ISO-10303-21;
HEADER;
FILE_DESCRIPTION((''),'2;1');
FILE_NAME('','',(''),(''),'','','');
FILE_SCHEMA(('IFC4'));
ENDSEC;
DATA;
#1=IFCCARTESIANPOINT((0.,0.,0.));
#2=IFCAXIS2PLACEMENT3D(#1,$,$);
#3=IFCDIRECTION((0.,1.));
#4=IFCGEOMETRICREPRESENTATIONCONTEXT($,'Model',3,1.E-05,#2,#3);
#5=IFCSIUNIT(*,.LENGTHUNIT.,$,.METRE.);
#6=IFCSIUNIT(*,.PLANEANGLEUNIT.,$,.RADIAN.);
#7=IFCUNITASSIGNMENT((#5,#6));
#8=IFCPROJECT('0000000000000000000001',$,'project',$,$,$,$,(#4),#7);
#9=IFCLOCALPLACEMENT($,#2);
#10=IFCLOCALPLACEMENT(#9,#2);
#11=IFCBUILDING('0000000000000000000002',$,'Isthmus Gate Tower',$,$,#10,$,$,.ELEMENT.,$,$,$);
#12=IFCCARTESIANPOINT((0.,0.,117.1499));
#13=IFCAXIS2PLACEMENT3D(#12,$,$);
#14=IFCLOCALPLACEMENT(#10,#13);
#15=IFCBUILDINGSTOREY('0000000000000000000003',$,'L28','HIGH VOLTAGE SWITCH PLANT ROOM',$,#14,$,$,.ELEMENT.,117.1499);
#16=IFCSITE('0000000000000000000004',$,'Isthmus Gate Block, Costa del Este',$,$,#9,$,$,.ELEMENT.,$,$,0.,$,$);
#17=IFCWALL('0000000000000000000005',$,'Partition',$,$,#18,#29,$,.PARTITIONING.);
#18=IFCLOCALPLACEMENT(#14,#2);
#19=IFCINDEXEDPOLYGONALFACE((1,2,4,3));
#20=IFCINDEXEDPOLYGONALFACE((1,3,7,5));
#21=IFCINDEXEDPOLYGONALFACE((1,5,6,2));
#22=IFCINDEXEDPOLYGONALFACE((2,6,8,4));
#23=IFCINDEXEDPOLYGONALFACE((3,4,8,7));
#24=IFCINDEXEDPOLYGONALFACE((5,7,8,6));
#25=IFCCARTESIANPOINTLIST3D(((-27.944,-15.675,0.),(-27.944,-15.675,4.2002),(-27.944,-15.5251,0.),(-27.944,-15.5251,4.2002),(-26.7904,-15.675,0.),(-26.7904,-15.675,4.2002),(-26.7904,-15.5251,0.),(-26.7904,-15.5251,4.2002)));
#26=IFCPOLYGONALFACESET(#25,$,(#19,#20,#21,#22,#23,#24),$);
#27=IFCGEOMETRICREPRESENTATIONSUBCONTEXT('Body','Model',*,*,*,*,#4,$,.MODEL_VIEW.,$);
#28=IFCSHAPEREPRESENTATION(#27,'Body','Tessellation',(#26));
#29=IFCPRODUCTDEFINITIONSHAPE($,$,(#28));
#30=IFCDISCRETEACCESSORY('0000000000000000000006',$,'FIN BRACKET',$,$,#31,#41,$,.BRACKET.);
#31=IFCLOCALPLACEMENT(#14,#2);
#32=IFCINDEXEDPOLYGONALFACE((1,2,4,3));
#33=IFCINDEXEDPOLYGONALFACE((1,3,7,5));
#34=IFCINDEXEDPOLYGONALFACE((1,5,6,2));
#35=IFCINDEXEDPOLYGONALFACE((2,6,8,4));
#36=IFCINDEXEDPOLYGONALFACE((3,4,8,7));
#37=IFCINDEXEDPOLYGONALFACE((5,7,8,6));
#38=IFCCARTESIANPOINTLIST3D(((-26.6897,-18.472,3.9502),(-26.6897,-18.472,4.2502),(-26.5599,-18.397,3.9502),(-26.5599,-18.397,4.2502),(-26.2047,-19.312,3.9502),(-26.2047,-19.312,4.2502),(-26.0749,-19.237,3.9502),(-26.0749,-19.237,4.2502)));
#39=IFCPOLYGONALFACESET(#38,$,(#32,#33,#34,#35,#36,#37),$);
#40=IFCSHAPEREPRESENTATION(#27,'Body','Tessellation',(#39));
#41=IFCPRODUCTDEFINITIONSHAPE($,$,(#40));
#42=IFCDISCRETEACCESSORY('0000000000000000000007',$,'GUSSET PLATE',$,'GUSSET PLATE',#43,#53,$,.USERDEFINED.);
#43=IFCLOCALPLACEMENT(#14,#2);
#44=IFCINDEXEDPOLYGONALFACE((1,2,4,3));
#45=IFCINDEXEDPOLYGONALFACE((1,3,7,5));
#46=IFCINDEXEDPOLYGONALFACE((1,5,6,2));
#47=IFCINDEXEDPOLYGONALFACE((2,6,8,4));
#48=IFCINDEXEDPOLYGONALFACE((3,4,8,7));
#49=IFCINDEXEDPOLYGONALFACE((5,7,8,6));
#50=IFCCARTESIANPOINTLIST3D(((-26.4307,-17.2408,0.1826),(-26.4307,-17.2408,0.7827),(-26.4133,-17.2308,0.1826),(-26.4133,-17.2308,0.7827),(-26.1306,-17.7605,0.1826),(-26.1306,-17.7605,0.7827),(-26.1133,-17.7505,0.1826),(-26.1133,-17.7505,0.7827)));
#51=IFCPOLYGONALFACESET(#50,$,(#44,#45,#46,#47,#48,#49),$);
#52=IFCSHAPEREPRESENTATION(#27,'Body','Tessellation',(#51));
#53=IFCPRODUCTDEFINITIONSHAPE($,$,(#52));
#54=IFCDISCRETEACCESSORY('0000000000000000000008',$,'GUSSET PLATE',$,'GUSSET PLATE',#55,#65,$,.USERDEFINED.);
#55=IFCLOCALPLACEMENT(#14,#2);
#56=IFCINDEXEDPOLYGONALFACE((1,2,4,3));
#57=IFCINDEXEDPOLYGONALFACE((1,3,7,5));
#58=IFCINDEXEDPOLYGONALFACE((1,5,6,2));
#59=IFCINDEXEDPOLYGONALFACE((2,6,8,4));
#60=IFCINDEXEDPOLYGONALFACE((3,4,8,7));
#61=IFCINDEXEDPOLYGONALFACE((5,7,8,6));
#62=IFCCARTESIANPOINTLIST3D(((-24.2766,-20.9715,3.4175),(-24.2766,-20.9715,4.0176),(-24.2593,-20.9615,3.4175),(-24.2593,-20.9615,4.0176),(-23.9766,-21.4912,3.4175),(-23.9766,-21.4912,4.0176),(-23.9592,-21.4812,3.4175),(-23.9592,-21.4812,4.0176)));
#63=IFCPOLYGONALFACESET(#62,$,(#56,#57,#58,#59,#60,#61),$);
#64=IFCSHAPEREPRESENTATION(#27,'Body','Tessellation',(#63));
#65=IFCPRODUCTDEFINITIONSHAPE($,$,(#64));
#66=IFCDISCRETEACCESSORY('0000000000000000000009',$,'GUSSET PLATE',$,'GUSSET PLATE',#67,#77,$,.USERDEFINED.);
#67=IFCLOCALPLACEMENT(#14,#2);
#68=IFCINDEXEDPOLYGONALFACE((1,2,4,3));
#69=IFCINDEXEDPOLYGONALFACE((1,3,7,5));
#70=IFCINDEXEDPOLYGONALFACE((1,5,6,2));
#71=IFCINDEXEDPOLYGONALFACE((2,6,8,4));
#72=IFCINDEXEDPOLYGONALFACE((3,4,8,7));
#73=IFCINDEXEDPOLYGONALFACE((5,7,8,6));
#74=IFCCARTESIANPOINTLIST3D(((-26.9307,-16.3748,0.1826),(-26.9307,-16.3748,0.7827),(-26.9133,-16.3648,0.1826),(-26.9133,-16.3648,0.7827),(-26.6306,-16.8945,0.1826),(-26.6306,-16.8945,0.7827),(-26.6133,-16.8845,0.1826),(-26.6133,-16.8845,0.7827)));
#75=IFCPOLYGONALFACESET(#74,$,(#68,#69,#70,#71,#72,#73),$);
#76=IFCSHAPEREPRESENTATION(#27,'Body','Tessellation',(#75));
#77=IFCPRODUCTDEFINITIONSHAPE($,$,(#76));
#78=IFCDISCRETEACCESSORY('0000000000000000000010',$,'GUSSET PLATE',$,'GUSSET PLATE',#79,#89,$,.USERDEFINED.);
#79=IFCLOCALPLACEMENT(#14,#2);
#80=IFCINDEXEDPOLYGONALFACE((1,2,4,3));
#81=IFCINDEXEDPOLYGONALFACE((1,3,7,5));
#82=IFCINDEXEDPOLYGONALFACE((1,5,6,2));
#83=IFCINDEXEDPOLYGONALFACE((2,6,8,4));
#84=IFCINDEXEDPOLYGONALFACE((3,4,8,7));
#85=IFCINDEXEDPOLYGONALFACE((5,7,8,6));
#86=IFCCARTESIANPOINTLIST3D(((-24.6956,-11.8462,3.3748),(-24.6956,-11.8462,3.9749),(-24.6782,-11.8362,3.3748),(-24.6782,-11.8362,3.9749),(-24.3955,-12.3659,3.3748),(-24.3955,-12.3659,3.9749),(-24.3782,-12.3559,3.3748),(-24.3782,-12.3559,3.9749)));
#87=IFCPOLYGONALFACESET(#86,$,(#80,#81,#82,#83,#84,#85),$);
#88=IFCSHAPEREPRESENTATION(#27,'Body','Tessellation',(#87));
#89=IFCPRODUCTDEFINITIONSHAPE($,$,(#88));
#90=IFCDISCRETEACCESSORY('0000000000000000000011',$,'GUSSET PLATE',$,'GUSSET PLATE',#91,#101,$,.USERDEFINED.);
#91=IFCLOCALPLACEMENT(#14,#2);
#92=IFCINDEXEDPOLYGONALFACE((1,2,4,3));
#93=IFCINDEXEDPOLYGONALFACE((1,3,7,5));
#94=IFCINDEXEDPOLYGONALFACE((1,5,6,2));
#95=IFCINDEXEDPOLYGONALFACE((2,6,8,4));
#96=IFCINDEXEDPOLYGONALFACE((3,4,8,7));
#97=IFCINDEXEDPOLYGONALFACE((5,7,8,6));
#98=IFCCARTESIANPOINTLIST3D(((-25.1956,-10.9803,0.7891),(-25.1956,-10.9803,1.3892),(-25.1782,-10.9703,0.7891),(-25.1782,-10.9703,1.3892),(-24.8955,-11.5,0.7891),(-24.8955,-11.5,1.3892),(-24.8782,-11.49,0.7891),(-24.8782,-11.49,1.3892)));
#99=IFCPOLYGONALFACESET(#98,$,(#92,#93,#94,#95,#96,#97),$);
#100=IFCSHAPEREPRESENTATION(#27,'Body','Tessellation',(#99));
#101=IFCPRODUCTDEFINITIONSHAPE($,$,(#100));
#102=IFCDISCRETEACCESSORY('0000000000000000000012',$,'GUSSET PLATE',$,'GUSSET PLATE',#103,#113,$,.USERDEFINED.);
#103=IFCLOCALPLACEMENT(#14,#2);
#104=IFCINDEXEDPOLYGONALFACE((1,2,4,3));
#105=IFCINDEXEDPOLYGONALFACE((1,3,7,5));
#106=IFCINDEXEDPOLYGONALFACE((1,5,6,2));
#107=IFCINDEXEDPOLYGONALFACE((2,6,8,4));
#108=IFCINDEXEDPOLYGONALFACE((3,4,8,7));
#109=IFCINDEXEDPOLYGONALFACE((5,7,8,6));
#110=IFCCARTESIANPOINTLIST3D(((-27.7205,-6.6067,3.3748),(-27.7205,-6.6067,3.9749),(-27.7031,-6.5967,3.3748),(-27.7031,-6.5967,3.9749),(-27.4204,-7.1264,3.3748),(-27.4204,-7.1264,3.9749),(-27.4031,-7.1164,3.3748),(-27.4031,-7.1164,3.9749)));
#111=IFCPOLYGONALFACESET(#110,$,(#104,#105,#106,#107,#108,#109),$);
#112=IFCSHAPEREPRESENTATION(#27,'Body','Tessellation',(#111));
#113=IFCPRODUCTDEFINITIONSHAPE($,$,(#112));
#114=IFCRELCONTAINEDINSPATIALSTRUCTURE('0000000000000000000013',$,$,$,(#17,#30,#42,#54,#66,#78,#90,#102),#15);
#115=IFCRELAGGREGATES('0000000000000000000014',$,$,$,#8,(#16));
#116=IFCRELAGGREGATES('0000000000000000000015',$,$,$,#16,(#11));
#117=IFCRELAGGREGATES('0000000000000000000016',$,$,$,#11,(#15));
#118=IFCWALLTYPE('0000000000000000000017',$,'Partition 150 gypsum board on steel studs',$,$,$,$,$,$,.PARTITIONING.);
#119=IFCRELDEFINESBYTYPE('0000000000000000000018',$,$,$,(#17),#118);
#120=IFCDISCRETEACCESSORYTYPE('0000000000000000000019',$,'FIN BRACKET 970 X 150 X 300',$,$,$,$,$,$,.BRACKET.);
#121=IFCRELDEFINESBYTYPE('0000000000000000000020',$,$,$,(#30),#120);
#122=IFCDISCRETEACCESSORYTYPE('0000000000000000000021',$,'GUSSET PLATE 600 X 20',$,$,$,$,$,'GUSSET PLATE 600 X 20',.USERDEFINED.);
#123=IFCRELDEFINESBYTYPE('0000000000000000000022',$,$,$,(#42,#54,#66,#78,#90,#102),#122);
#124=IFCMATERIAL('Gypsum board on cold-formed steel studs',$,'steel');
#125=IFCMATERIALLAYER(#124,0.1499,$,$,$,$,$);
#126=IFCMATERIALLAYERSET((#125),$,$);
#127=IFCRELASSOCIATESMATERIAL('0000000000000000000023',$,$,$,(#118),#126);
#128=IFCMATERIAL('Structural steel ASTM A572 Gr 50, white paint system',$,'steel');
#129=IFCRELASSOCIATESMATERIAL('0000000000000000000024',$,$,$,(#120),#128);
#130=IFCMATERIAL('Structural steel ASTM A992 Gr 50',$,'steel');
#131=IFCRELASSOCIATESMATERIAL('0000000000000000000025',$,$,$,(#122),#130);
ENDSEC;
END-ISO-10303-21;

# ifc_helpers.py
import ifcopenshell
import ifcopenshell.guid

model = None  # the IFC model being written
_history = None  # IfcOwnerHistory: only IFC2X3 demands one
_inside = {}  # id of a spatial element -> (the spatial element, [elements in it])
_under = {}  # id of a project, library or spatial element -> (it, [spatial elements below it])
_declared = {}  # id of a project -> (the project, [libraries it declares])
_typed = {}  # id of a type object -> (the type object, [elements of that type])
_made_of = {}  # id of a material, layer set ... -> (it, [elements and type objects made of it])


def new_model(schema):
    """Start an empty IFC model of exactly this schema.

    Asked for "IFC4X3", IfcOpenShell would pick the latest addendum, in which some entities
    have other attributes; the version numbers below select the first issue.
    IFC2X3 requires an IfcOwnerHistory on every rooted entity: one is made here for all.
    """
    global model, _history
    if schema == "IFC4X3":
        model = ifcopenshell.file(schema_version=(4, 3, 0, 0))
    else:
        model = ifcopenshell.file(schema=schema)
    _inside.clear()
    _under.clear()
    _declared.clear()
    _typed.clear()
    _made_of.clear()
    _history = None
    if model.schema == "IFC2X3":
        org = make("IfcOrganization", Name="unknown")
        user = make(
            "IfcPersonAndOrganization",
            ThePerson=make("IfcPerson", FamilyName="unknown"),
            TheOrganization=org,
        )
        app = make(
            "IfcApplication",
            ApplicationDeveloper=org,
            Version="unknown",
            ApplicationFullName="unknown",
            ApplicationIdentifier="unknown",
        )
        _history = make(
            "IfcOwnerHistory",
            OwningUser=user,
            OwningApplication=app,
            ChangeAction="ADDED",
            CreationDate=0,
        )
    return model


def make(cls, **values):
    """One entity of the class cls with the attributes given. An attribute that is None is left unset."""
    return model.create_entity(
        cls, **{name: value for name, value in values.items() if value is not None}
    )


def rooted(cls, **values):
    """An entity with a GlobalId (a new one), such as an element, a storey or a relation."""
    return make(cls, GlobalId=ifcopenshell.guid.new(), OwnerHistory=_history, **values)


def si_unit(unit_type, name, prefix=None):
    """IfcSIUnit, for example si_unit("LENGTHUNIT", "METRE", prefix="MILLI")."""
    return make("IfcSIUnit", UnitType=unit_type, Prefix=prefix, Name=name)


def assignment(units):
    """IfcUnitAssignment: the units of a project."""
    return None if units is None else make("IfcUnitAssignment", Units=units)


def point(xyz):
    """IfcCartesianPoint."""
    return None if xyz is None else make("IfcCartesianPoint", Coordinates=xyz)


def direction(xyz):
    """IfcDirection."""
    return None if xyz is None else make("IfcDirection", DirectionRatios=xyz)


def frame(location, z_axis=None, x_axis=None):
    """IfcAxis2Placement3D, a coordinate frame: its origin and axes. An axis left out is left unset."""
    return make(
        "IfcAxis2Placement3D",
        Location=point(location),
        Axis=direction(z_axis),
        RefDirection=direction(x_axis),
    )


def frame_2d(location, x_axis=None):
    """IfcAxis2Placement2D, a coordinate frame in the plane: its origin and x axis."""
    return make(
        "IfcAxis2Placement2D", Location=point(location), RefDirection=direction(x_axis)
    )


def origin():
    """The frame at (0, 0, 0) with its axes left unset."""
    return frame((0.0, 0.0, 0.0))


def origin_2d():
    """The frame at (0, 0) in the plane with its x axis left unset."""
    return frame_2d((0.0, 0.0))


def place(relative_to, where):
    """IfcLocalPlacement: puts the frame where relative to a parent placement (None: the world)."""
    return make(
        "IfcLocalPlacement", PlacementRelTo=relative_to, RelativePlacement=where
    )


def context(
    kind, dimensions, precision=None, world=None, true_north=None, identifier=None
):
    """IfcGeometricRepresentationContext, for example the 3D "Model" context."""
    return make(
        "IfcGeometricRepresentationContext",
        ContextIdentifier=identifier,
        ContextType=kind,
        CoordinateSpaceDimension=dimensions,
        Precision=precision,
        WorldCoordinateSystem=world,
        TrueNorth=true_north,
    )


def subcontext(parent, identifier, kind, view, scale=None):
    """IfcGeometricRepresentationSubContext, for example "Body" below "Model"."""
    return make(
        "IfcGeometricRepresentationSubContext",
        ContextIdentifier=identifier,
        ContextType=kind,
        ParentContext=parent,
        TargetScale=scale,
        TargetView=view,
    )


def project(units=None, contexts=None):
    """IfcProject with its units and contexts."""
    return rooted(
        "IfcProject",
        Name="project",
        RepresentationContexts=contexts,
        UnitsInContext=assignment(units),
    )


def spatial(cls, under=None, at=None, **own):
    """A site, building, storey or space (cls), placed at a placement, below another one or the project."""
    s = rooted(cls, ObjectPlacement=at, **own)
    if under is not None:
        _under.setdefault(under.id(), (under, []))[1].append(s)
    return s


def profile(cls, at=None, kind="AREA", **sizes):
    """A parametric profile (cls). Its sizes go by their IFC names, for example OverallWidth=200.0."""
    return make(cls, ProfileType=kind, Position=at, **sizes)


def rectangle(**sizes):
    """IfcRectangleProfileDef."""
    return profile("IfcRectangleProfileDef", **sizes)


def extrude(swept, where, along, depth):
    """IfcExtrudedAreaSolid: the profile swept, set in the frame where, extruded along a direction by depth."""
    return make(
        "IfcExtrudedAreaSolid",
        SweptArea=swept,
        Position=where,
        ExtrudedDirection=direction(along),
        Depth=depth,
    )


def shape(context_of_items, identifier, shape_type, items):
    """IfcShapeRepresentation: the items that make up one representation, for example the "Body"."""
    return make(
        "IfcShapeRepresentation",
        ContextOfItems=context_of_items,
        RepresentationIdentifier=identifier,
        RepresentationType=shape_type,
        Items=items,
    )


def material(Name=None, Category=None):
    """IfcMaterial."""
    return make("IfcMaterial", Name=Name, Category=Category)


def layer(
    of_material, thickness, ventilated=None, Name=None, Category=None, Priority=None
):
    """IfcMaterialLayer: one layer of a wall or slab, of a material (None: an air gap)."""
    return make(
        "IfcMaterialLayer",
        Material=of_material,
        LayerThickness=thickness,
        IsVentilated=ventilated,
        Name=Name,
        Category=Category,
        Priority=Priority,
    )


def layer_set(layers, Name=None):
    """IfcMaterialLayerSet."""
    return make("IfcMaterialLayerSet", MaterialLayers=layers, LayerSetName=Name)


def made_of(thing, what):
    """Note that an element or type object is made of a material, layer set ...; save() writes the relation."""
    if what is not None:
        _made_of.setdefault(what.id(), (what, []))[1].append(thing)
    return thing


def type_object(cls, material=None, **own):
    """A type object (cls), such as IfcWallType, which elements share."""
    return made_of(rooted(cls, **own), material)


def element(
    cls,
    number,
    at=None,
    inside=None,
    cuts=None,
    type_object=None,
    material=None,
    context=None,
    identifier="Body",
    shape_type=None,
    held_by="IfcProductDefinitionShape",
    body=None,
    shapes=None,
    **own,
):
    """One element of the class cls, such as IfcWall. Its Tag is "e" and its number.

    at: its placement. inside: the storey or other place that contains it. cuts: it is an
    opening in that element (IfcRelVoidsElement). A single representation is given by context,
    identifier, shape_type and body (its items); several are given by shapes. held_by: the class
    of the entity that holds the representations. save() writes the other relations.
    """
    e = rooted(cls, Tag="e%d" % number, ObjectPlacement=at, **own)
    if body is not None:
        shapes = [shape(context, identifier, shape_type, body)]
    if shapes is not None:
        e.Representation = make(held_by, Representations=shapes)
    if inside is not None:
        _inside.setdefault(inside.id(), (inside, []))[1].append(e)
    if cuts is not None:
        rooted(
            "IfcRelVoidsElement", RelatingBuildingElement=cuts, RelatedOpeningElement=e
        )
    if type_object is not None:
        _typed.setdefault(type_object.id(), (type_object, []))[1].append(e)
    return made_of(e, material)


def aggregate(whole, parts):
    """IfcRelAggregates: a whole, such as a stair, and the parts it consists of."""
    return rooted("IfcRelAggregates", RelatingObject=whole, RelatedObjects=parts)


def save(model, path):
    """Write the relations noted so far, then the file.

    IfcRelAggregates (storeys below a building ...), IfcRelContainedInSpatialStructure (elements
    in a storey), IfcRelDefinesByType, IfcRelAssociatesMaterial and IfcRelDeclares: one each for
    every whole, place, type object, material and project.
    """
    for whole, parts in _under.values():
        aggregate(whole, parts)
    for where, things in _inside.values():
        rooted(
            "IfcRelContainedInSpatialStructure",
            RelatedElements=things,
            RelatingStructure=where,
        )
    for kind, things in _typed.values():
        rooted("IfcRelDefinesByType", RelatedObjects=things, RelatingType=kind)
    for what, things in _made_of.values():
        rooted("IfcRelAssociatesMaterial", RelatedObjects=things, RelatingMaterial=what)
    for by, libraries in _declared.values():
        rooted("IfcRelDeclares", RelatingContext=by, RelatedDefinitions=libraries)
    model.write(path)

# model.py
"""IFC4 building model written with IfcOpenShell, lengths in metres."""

from ifc_helpers import new_model, si_unit, direction, frame, frame_2d, origin, origin_2d, place, context, subcontext, project, spatial, rectangle, extrude, material, layer, layer_set, type_object, element, save


model = new_model("IFC4")

# Units and contexts
model_context = context("Model", 3, precision=1e-05, world=origin(), true_north=direction((0.0, 1.0)))
body_context = subcontext(model_context, "Body", "Model", "MODEL_VIEW")
ifc_project = project(units=[si_unit("LENGTHUNIT", "METRE"), si_unit("PLANEANGLEUNIT", "RADIAN")], contexts=[model_context])

# Site, building, storey
site_placement = place(None, origin())
site = spatial("IfcSite", under=ifc_project, at=site_placement, Name="Isthmus Gate Block, Costa del Este", CompositionType="ELEMENT", RefElevation=0.0)
building_placement = place(site_placement, origin())
building = spatial("IfcBuilding", under=site, at=building_placement, Name="Isthmus Gate Tower", CompositionType="ELEMENT")
storey_placement = place(building_placement, frame((0.0, 0.0, 117.1499)))
storey = spatial("IfcBuildingStorey", under=building, at=storey_placement, Name="L28", Description="HIGH VOLTAGE SWITCH PLANT ROOM", CompositionType="ELEMENT", Elevation=117.1499)

# Wall
ifc_material_1 = material(Name="Gypsum board on cold-formed steel studs", Category="steel")
ifc_layer_1 = layer(ifc_material_1, 0.1499)
ifc_layer_set_1 = layer_set([ifc_layer_1])
wall_type_1 = type_object("IfcWallType", Name="Partition 150 gypsum board on steel studs", PredefinedType="PARTITIONING", material=ifc_layer_set_1)
for number, where, z_axis, x_axis, name in (
    (1, (-27.9438, -15.6001, 0.0), (0.0, 0.0, 1.0), (1.0, 0.0, 0.0), "Partition"),
):
    element("IfcWall", number, at=place(storey_placement, frame(where, z_axis=z_axis, x_axis=x_axis)), inside=storey, type_object=wall_type_1, Name=name, PredefinedType="PARTITIONING", context=body_context, shape_type="SweptSolid", body=[
        extrude(rectangle(XDim=1.1536, YDim=0.1499, at=frame_2d((0.5767, 0.0))), origin(), (0.0, 0.0, 1.0), 4.2002),
    ])

# Discrete accessories
ifc_material_2 = material(Name="Structural steel ASTM A572 Gr 50, white paint system", Category="steel")
discrete_accessory_type_1 = type_object("IfcDiscreteAccessoryType", Name="FIN BRACKET 970 X 150 X 300", PredefinedType="BRACKET", material=ifc_material_2)
discrete_accessory_placement = place(storey_placement, frame((-26.3823, -18.8545, 3.9502), z_axis=(0.0, 0.0, 1.0), x_axis=(-0.866025, -0.5, 0.0)))
element("IfcDiscreteAccessory", 2, at=discrete_accessory_placement, inside=storey, type_object=discrete_accessory_type_1, Name="FIN BRACKET", PredefinedType="BRACKET", context=body_context, shape_type="SweptSolid", body=[
    extrude(rectangle(XDim=0.1499, YDim=0.97, at=origin_2d()), origin(), (0.0, 0.0, 1.0), 0.3),
])
ifc_material_3 = material(Name="Structural steel ASTM A992 Gr 50", Category="steel")
discrete_accessory_type_2 = type_object("IfcDiscreteAccessoryType", Name="GUSSET PLATE 600 X 20", ElementType="GUSSET PLATE 600 X 20", PredefinedType="USERDEFINED", material=ifc_material_3)
for number, where, z_axis, x_axis, name in (
    (3, (-26.272, -17.4956, 0.1826), (0.0, 0.0, 1.0), (0.5, -0.866025, 0.0), "GUSSET PLATE"),
    (4, (-24.1179, -21.2263, 3.4175), (0.0, 0.0, 1.0), (0.5, -0.866025, 0.0), "GUSSET PLATE"),
    (5, (-26.772, -16.6296, 0.1826), (0.0, 0.0, 1.0), (-0.5, 0.866025, 0.0), "GUSSET PLATE"),
    (6, (-24.5369, -12.1011, 3.3748), (0.0, 0.0, 1.0), (-0.5, 0.866025, 0.0), "GUSSET PLATE"),
    (7, (-25.0369, -11.2351, 0.7891), (0.0, 0.0, 1.0), (-0.5, 0.866025, 0.0), "GUSSET PLATE"),
    (8, (-27.5618, -6.8616, 3.3748), (0.0, 0.0, 1.0), (-0.5, 0.866025, 0.0), "GUSSET PLATE"),
):
    element("IfcDiscreteAccessory", number, at=place(storey_placement, frame(where, z_axis=z_axis, x_axis=x_axis)), inside=storey, type_object=discrete_accessory_type_2, Name=name, ObjectType="GUSSET PLATE", PredefinedType="USERDEFINED", context=body_context, shape_type="SweptSolid", body=[
        extrude(rectangle(XDim=0.6001, YDim=0.02, at=origin_2d()), origin(), (0.0, 0.0, 1.0), 0.6001),
    ])

save(model, "model.ifc")
